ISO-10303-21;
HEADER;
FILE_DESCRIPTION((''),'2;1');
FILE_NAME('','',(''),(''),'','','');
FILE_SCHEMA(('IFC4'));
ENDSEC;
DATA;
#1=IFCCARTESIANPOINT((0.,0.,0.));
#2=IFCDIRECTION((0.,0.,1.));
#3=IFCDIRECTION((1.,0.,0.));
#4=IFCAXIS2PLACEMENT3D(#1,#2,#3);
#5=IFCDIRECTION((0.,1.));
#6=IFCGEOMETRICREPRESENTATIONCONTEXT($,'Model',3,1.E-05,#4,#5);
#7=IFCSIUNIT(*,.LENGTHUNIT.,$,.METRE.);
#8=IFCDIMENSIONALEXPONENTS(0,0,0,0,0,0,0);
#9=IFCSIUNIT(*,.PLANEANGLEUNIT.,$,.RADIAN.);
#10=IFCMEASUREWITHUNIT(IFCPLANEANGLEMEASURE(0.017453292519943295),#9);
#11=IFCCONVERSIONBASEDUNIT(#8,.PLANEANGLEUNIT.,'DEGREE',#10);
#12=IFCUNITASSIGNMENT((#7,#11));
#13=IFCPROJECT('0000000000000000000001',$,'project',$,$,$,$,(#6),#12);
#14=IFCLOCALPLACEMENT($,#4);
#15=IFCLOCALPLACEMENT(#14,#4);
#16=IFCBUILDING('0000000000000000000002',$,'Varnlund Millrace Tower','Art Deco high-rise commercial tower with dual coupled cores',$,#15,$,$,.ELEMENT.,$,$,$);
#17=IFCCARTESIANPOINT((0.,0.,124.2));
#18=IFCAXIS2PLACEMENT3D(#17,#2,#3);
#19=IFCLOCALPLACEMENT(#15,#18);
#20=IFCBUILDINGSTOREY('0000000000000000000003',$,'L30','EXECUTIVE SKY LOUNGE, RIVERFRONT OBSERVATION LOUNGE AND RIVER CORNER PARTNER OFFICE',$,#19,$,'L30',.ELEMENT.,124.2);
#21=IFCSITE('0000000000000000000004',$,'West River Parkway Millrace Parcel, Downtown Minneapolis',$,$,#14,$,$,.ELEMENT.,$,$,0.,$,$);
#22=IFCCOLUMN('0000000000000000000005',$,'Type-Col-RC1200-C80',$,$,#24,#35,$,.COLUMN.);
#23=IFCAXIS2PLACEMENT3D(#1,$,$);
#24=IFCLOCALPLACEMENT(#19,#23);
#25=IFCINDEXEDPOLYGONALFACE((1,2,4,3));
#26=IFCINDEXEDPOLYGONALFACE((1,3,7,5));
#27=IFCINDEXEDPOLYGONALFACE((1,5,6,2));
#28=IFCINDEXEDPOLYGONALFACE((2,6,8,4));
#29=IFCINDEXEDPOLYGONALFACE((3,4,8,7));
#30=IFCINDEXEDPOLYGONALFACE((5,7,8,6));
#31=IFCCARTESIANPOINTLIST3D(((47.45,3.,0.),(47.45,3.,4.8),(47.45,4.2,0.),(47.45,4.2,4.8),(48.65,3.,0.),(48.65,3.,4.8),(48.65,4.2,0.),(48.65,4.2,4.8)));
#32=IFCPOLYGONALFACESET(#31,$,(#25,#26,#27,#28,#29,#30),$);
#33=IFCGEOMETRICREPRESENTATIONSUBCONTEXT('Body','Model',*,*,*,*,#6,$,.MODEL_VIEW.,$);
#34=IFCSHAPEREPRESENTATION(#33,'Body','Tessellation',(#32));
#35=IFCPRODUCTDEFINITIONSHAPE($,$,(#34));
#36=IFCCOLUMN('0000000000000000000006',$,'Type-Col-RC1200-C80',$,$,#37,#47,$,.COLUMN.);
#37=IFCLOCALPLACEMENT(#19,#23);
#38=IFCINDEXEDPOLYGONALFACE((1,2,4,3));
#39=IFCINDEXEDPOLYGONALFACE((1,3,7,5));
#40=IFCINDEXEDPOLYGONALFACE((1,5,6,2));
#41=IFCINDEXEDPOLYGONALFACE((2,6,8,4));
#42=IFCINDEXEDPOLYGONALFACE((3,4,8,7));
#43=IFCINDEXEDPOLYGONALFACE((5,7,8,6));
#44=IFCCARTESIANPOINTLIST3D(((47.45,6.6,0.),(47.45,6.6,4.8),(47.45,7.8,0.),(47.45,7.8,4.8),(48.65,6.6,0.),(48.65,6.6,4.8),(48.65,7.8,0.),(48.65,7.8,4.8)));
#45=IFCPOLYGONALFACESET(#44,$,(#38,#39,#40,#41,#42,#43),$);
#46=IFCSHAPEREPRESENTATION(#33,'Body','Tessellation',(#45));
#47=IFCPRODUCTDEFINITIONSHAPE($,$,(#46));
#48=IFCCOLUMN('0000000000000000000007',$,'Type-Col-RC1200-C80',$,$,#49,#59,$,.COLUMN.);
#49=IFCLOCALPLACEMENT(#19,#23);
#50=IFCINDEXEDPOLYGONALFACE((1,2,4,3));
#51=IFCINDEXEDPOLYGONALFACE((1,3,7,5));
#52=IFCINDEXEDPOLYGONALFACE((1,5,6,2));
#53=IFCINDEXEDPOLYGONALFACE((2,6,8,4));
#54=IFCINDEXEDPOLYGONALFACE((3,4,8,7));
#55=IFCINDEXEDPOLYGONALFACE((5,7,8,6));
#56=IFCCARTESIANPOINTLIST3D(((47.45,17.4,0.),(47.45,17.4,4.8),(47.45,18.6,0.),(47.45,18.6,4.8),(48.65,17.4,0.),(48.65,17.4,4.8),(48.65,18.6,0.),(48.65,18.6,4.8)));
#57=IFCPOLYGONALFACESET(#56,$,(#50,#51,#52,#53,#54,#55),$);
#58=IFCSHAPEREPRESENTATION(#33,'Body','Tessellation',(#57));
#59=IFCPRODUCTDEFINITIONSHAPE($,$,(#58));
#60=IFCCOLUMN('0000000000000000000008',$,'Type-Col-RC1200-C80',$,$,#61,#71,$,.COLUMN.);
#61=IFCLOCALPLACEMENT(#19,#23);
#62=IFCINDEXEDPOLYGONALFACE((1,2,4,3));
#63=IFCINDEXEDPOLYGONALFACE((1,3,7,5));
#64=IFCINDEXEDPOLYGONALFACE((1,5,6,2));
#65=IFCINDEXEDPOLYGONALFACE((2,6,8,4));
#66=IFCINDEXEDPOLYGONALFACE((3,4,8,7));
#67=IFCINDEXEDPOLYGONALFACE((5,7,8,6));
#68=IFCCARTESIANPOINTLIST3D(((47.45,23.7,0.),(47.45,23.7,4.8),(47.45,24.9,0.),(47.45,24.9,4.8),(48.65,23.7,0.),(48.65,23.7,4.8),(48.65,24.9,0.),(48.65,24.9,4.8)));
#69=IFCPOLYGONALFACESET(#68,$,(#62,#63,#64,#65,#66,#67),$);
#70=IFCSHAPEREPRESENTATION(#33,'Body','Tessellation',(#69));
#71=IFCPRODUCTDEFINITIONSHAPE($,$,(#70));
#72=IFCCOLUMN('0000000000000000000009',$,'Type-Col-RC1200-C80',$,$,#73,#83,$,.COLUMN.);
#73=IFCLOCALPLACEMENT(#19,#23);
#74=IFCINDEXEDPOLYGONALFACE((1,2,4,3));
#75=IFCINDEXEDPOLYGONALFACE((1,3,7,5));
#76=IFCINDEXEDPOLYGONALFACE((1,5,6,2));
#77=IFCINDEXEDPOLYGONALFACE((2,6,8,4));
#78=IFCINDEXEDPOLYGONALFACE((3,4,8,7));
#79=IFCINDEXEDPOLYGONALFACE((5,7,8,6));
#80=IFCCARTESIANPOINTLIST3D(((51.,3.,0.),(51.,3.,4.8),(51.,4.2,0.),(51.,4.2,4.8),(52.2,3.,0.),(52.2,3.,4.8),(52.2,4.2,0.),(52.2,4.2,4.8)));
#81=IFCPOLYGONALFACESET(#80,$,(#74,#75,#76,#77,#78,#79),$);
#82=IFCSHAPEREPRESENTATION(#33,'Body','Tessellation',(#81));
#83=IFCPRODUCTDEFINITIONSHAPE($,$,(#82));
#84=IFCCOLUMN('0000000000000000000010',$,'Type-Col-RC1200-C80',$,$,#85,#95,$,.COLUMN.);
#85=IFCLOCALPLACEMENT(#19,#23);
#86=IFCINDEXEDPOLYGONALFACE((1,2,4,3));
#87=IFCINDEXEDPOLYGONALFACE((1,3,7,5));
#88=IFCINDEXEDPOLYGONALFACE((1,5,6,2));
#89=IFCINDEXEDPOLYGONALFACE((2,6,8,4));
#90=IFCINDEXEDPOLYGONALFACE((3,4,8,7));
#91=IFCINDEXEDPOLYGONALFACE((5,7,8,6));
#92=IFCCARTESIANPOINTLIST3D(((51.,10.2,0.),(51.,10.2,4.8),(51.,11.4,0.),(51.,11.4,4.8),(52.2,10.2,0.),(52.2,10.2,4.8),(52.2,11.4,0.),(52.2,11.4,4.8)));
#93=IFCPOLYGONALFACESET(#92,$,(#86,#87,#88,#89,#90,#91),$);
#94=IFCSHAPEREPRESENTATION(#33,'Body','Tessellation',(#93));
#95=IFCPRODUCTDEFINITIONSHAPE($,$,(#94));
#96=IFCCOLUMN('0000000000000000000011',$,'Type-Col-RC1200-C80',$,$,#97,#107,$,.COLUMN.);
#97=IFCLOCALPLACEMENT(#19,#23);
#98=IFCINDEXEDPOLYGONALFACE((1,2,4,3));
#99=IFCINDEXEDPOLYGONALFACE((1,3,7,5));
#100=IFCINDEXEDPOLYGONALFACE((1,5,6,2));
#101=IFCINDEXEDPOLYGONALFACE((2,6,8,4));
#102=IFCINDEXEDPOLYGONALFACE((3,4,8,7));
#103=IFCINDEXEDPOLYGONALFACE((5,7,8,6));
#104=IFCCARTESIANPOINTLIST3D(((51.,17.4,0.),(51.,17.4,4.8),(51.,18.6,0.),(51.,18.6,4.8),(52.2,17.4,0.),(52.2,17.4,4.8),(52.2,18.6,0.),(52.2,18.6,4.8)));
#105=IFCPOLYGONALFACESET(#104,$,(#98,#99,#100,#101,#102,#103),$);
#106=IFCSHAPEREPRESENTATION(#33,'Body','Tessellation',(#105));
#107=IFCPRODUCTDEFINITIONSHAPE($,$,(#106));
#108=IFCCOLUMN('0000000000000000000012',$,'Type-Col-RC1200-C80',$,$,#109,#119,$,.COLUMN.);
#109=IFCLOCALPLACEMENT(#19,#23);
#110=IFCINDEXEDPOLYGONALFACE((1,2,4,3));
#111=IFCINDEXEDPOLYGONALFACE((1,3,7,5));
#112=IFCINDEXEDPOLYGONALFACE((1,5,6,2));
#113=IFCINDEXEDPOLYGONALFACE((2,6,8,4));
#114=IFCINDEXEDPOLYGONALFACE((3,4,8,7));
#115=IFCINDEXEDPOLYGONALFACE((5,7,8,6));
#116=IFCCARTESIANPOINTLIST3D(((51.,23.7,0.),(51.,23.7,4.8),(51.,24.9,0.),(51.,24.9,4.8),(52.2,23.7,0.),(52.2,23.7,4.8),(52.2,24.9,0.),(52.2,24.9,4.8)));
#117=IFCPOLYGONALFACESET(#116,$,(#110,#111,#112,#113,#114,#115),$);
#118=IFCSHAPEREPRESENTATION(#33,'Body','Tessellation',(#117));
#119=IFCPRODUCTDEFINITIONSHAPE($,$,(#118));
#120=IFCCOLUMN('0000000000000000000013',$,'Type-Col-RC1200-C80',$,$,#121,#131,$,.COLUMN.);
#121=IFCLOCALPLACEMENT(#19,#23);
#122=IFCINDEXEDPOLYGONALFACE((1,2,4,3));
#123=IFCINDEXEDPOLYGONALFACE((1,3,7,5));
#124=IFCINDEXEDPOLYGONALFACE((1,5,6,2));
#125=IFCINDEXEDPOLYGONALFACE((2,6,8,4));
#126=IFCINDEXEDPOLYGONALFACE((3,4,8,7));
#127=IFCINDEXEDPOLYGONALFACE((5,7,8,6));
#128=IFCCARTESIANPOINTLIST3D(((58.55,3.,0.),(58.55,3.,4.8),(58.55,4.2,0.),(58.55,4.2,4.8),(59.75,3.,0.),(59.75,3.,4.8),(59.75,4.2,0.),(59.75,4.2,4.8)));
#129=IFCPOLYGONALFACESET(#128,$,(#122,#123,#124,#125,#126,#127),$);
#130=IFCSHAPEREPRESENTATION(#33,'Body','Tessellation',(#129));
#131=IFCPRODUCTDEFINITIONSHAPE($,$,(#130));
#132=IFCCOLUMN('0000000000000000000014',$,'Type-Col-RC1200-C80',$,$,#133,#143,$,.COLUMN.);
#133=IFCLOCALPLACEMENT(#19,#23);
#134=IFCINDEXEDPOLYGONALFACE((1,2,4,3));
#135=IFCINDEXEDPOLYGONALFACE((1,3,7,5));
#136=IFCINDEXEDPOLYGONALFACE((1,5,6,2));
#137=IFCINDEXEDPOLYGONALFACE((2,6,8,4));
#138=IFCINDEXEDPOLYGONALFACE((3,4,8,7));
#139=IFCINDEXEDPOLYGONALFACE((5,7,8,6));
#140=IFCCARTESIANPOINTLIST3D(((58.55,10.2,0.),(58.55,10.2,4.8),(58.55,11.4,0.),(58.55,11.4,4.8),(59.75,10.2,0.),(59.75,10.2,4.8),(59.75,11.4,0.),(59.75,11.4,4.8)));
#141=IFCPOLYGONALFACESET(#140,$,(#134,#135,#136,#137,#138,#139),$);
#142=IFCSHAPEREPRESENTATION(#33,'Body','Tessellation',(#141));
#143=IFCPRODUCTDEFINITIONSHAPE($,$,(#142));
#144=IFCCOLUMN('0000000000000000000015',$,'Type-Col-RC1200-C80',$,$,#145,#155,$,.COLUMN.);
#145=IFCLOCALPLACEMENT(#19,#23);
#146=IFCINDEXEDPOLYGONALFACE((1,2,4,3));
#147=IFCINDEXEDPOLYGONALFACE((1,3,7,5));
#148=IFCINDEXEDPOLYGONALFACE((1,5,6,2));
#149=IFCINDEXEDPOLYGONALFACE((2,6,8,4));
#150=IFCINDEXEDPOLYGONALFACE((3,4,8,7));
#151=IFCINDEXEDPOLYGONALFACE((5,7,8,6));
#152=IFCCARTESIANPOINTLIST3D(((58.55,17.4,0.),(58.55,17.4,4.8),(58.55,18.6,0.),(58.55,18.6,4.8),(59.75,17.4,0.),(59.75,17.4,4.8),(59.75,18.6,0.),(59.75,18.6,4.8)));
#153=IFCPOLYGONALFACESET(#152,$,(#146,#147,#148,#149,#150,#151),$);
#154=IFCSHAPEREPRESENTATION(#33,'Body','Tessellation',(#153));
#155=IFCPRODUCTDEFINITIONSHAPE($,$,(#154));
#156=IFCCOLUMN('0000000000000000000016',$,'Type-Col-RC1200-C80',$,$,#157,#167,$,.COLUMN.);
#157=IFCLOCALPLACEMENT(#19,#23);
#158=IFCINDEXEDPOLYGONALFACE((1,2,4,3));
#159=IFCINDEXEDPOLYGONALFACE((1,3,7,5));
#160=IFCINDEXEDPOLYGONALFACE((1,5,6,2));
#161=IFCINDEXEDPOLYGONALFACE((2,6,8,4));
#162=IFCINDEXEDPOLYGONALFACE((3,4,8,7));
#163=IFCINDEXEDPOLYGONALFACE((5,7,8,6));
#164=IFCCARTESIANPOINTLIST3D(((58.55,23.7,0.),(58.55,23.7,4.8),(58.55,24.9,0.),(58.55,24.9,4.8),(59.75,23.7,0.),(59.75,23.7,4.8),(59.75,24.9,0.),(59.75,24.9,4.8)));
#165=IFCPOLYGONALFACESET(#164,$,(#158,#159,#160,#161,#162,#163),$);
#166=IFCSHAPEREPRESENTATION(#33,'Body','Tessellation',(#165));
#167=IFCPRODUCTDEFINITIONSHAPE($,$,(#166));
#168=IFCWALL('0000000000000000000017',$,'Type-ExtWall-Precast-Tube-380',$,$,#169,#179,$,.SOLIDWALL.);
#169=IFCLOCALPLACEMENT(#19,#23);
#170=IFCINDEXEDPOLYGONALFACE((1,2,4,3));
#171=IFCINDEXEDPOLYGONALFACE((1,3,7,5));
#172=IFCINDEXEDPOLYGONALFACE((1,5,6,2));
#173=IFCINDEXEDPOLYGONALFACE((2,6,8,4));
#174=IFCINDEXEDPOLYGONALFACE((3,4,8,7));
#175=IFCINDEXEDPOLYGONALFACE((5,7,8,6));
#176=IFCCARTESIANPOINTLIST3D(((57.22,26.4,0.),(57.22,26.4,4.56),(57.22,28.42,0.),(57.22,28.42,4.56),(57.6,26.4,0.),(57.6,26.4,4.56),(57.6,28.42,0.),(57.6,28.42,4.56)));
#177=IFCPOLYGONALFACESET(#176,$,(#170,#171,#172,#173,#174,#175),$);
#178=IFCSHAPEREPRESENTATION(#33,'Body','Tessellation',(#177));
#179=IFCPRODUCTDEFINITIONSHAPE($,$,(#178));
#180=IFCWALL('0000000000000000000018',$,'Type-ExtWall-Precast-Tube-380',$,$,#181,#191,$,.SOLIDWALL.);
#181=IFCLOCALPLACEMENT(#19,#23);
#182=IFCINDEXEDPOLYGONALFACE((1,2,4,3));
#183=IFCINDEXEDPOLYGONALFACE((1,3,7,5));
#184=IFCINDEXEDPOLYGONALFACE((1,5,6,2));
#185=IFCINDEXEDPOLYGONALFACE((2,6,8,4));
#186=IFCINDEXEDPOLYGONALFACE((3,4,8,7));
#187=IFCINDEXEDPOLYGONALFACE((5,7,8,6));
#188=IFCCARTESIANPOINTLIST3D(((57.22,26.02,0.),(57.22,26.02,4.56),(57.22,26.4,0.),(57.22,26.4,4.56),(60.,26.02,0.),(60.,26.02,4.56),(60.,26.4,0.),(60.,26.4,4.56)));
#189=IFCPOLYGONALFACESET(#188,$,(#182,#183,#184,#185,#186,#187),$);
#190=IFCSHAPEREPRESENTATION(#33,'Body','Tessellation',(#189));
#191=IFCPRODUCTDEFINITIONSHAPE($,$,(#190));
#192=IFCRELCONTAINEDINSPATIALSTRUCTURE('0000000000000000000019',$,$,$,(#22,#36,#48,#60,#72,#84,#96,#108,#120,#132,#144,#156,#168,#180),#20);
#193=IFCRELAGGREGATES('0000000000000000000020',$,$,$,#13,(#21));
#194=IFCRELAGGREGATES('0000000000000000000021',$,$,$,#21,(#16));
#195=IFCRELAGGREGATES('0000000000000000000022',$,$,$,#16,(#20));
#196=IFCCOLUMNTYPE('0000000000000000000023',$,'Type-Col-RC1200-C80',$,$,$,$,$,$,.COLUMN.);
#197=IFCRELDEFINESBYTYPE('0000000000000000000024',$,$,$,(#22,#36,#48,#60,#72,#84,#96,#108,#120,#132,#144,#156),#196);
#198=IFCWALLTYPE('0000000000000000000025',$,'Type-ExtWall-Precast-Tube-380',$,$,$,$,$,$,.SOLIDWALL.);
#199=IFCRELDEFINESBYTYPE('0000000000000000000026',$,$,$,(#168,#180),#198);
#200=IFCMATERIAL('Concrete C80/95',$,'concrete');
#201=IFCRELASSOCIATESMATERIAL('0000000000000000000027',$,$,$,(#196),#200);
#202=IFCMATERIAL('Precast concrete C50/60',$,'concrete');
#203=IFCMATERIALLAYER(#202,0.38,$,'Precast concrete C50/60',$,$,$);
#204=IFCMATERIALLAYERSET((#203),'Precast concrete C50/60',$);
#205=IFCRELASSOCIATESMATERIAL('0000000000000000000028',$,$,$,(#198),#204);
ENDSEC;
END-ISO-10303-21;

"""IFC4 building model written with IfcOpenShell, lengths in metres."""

from ifc_helpers import new_model, entity, si_unit, converted_unit, direction, frame, origin_with_axes, origin_2d_with_axis, place, context, subcontext, project, spatial, polyline, rectangle, outline, extrude, material, layer, layer_set, material_profile, profile_set, type_object, element, save


model = new_model("IFC4")

# Units and contexts
model_context = context("Model", 3, precision=1e-05, world=origin_with_axes(), true_north=direction((0.0, 1.0)))
body_context = subcontext(model_context, "Body", "Model", "MODEL_VIEW")
ifc_project = project(units=[si_unit("LENGTHUNIT", "METRE"), converted_unit("PLANEANGLEUNIT", "DEGREE", entity("IfcPlaneAngleMeasure", 0.017453292519943295), si_unit("PLANEANGLEUNIT", "RADIAN"), dimensions=[0, 0, 0, 0, 0, 0, 0])], contexts=[model_context])

# Site, building, storey
site_placement = place(None, origin_with_axes())
site = spatial("IfcSite", under=ifc_project, at=site_placement, Name="West River Parkway Millrace Parcel, Downtown Minneapolis", CompositionType="ELEMENT", RefElevation=0.0)
building_placement = place(site_placement, origin_with_axes())
building = spatial("IfcBuilding", under=site, at=building_placement, Name="Varnlund Millrace Tower", Description="Art Deco high-rise commercial tower with dual coupled cores", CompositionType="ELEMENT")
storey_placement = place(building_placement, frame((0.0, 0.0, 124.2), z_axis=(0.0, 0.0, 1.0), x_axis=(1.0, 0.0, 0.0)))
storey = spatial("IfcBuildingStorey", under=building, at=storey_placement, Name="L30", Description="EXECUTIVE SKY LOUNGE, RIVERFRONT OBSERVATION LOUNGE AND RIVER CORNER PARTNER OFFICE", LongName="L30", CompositionType="ELEMENT", Elevation=124.2)

# Columns
ifc_material_1 = material(Name="Concrete C80/95", Category="concrete")
ifc_material_profile = material_profile(ifc_material_1, rectangle(XDim=1.2, YDim=1.2, at=origin_2d_with_axis()), Name="Concrete C80/95")
ifc_profile_set = profile_set([ifc_material_profile], Name="Concrete C80/95")
column_type = type_object("IfcColumnType", Name="Type-Col-RC1200-C80", PredefinedType="COLUMN", material=ifc_profile_set)
for number, where, z_axis, x_axis, name in (
    (1, (48.05, 3.6, 0.0), (0.0, 0.0, 1.0), (1.0, 0.0, 0.0), "Type-Col-RC1200-C80"),
    (2, (48.05, 7.2, 0.0), (0.0, 0.0, 1.0), (1.0, 0.0, 0.0), "Type-Col-RC1200-C80"),
    (3, (48.05, 18.0, 0.0), (0.0, 0.0, 1.0), (1.0, 0.0, 0.0), "Type-Col-RC1200-C80"),
    (4, (48.05, 24.3, 0.0), (0.0, 0.0, 1.0), (1.0, 0.0, 0.0), "Type-Col-RC1200-C80"),
    (5, (51.6, 3.6, 0.0), (0.0, 0.0, 1.0), (1.0, 0.0, 0.0), "Type-Col-RC1200-C80"),
    (6, (51.6, 10.8, 0.0), (0.0, 0.0, 1.0), (1.0, 0.0, 0.0), "Type-Col-RC1200-C80"),
    (7, (51.6, 18.0, 0.0), (0.0, 0.0, 1.0), (1.0, 0.0, 0.0), "Type-Col-RC1200-C80"),
    (8, (51.6, 24.3, 0.0), (0.0, 0.0, 1.0), (1.0, 0.0, 0.0), "Type-Col-RC1200-C80"),
    (9, (59.15, 3.6, 0.0), (0.0, 0.0, 1.0), (1.0, 0.0, 0.0), "Type-Col-RC1200-C80"),
    (10, (59.15, 10.8, 0.0), (0.0, 0.0, 1.0), (1.0, 0.0, 0.0), "Type-Col-RC1200-C80"),
    (11, (59.15, 18.0, 0.0), (0.0, 0.0, 1.0), (1.0, 0.0, 0.0), "Type-Col-RC1200-C80"),
    (12, (59.15, 24.3, 0.0), (0.0, 0.0, 1.0), (1.0, 0.0, 0.0), "Type-Col-RC1200-C80"),
):
    element("IfcColumn", number, at=place(storey_placement, frame(where, z_axis=z_axis, x_axis=x_axis)), inside=storey, type_object=column_type, Name=name, PredefinedType="COLUMN", context=body_context, shape_type="SweptSolid", body=[
        extrude(rectangle(XDim=1.2, YDim=1.2, at=origin_2d_with_axis()), origin_with_axes(), (0.0, 0.0, 1.0), 4.8),
    ])

# Walls
ifc_material_2 = material(Name="Precast concrete C50/60", Category="concrete")
ifc_layer_1 = layer(ifc_material_2, 0.38, Name="Precast concrete C50/60")
ifc_layer_set_1 = layer_set([ifc_layer_1], Name="Precast concrete C50/60")
wall_type_1 = type_object("IfcWallType", Name="Type-ExtWall-Precast-Tube-380", PredefinedType="SOLIDWALL", material=ifc_layer_set_1)
wall_1_placement = place(storey_placement, frame((57.41, 28.42, 0.0), z_axis=(0.0, 0.0, 1.0), x_axis=(0.0, -1.0, 0.0)))
element("IfcWall", 13, at=wall_1_placement, inside=storey, type_object=wall_type_1, Name="Type-ExtWall-Precast-Tube-380", PredefinedType="SOLIDWALL", context=body_context, shape_type="SweptSolid", body=[
    extrude(outline(polyline([(0.0, -0.19), (2.02, -0.19), (2.02, 0.19), (0.0, 0.19), (0.0, -0.19)])), origin_with_axes(), (0.0, 0.0, 1.0), 4.56),
])
wall_2_placement = place(storey_placement, frame((57.22, 26.21, 0.0), z_axis=(0.0, 0.0, 1.0), x_axis=(1.0, 0.0, 0.0)))
element("IfcWall", 14, at=wall_2_placement, inside=storey, type_object=wall_type_1, Name="Type-ExtWall-Precast-Tube-380", PredefinedType="SOLIDWALL", context=body_context, shape_type="SweptSolid", body=[
    extrude(outline(polyline([(0.0, -0.19), (2.78, -0.19), (2.78, 0.19), (0.0, 0.19), (0.0, -0.19)])), origin_with_axes(), (0.0, 0.0, 1.0), 4.56),
])

save(model, "model.ifc")
